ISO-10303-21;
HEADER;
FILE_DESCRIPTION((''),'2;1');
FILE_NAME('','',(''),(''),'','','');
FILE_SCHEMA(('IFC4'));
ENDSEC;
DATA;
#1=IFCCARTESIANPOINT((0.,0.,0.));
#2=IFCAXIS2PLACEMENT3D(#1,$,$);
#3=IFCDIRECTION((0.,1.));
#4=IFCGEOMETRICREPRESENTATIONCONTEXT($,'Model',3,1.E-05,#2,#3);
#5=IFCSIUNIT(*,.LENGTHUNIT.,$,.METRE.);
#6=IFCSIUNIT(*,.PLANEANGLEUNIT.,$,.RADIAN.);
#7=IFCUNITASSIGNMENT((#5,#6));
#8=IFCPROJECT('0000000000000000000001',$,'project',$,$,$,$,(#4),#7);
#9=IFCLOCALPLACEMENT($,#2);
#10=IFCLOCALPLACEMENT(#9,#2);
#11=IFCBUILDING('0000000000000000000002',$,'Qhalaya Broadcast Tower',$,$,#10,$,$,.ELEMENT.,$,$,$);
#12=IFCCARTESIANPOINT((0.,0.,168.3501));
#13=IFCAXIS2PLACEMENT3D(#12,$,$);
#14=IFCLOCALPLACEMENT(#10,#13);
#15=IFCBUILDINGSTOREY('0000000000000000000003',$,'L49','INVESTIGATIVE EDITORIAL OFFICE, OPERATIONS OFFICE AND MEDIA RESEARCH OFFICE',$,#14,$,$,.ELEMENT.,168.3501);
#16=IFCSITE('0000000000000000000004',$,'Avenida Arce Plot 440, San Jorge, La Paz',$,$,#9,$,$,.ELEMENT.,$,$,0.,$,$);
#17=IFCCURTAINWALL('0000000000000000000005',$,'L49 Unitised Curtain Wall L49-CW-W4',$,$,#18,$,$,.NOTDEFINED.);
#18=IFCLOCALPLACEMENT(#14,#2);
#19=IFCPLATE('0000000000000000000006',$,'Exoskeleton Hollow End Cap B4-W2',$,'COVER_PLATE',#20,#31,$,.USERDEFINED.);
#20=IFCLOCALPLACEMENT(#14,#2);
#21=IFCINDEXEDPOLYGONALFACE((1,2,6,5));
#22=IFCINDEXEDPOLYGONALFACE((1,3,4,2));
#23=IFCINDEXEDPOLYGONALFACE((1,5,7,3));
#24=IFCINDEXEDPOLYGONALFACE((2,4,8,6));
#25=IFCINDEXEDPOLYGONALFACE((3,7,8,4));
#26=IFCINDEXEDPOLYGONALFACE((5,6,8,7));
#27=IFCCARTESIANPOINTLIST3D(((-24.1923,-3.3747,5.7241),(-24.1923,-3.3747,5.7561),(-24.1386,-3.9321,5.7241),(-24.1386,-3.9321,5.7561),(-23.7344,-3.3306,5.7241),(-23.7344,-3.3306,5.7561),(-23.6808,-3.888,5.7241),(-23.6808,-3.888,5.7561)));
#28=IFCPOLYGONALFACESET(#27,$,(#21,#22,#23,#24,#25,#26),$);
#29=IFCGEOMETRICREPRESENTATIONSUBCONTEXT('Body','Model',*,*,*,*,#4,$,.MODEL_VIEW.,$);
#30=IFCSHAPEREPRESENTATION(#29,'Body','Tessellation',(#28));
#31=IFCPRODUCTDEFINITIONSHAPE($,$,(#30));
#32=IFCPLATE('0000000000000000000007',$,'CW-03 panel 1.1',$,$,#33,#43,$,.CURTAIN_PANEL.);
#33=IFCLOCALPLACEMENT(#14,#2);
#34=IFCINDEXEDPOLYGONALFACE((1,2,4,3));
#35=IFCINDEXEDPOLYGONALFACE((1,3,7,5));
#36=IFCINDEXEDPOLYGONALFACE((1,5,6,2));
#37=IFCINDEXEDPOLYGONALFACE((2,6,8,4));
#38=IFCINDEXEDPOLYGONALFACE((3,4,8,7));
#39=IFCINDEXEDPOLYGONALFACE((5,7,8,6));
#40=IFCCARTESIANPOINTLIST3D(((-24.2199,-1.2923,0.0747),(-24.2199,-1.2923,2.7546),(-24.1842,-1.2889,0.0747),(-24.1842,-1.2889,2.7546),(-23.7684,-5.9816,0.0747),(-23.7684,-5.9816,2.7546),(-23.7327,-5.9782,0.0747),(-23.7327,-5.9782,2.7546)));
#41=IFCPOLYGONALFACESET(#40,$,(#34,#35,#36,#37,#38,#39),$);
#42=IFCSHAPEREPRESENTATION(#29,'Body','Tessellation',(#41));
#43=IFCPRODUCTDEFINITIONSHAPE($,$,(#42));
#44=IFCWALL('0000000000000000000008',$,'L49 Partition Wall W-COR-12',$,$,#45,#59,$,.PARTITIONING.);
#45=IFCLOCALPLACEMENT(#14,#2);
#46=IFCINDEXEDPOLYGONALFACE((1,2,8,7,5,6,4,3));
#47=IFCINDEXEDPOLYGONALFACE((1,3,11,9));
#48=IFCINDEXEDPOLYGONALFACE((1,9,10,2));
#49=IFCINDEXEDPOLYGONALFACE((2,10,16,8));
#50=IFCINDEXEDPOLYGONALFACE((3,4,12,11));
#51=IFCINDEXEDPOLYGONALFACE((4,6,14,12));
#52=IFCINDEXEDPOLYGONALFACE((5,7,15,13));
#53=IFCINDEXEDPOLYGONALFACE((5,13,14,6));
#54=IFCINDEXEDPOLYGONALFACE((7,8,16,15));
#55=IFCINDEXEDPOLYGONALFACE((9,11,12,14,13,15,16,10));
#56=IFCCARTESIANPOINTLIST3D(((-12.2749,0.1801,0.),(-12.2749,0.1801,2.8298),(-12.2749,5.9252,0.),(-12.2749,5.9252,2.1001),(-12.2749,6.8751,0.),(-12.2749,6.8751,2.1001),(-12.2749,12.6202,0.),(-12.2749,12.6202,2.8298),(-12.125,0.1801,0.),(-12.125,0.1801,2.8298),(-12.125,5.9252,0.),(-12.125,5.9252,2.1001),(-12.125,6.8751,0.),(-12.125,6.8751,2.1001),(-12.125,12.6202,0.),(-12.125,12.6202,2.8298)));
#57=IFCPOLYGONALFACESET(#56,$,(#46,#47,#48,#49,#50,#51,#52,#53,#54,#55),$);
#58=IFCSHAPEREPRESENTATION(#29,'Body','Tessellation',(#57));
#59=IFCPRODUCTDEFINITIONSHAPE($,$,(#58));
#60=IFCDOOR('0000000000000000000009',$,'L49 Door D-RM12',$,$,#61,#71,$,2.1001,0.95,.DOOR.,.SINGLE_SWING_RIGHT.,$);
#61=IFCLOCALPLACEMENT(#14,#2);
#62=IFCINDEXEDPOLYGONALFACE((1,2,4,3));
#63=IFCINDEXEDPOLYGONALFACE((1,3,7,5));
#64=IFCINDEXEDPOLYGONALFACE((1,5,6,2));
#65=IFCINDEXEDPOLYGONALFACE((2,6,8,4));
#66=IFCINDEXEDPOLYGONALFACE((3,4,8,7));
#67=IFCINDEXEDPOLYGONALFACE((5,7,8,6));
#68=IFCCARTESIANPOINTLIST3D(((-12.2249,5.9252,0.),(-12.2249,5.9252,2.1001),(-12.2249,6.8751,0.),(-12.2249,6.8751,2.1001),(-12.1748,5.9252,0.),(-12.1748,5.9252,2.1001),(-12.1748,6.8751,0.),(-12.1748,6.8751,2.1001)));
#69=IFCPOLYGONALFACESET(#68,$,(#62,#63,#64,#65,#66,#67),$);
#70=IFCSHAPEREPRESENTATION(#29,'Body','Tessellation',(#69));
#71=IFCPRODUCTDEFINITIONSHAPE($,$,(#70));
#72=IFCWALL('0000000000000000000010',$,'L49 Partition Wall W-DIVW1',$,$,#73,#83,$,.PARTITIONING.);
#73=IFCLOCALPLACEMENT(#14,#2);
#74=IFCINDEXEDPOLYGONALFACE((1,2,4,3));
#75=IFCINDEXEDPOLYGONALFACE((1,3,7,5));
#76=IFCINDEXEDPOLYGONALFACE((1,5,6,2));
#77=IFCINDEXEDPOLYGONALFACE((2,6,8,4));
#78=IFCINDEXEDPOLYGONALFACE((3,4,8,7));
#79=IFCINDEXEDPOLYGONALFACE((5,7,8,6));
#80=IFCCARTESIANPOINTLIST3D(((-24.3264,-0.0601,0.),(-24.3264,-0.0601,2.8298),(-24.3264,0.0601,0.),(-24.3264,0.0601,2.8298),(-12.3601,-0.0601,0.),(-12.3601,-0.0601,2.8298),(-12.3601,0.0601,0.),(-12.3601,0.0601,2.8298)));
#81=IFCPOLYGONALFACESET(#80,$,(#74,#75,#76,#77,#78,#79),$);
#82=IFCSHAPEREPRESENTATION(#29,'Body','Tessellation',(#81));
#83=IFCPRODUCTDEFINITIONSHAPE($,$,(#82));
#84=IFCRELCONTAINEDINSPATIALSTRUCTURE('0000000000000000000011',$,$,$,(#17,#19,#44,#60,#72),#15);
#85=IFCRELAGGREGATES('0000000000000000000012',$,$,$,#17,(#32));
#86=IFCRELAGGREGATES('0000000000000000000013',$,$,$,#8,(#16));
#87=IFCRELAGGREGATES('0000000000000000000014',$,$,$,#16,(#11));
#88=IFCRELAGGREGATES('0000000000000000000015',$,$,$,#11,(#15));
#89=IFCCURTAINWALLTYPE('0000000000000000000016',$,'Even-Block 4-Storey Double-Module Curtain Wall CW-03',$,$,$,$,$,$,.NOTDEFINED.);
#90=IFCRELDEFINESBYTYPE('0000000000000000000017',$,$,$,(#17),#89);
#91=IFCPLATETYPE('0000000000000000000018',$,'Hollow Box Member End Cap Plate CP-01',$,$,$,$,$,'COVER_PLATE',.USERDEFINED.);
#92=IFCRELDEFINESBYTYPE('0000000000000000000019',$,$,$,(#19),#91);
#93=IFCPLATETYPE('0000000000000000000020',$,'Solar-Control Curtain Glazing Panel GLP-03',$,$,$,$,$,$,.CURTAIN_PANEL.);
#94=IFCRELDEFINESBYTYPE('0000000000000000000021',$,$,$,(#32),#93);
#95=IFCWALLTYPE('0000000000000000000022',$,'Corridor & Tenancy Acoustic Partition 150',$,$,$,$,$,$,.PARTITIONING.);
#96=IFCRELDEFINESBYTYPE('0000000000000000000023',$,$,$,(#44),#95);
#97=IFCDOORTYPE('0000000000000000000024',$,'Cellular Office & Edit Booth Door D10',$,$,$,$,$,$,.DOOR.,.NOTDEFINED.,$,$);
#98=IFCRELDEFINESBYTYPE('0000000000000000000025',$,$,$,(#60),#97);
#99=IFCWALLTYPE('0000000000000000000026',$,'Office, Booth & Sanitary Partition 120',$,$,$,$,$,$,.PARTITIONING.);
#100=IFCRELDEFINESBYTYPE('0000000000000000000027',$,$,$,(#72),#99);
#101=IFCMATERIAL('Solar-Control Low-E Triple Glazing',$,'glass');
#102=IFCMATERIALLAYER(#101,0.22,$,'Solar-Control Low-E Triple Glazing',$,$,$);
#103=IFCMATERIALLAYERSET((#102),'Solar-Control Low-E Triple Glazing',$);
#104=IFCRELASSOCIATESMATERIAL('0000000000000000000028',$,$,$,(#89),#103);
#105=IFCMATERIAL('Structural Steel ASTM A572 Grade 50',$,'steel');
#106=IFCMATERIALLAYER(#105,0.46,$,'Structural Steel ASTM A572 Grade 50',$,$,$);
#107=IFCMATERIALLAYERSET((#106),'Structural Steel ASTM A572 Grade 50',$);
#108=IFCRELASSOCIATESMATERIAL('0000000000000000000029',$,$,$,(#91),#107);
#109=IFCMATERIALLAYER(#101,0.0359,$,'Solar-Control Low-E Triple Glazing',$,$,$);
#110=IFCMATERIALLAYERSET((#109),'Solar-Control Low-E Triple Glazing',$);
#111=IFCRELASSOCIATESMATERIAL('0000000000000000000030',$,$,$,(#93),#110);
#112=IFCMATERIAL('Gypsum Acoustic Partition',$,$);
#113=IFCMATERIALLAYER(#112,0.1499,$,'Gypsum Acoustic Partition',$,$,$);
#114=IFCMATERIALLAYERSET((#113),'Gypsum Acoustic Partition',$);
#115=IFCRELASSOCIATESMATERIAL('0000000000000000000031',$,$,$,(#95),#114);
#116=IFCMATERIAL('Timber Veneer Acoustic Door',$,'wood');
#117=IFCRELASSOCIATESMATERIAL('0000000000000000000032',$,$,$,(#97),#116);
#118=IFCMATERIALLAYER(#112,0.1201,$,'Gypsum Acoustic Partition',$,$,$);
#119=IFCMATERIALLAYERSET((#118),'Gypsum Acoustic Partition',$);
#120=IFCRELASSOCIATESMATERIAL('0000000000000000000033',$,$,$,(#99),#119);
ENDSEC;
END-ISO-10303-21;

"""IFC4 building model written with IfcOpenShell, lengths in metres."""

from ifc_helpers import new_model, si_unit, direction, frame, frame_2d, origin, origin_2d, place, context, subcontext, project, spatial, rectangle, extrude, material, layer, layer_set, type_object, element, fill, aggregate, save


model = new_model("IFC4")

# Units and contexts
model_context = context("Model", 3, precision=1e-05, world=origin(), true_north=direction((0.0, 1.0)))
body_context = subcontext(model_context, "Body", "Model", "MODEL_VIEW")
ifc_project = project(units=[si_unit("LENGTHUNIT", "METRE"), si_unit("PLANEANGLEUNIT", "RADIAN")], contexts=[model_context])

# Site, building, storey
site_placement = place(None, origin())
site = spatial("IfcSite", under=ifc_project, at=site_placement, Name="Avenida Arce Plot 440, San Jorge, La Paz", CompositionType="ELEMENT", RefElevation=0.0)
building_placement = place(site_placement, origin())
building = spatial("IfcBuilding", under=site, at=building_placement, Name="Qhalaya Broadcast Tower", CompositionType="ELEMENT")
storey_placement = place(building_placement, frame((0.0, 0.0, 168.3501)))
storey = spatial("IfcBuildingStorey", under=building, at=storey_placement, Name="L49", Description="INVESTIGATIVE EDITORIAL OFFICE, OPERATIONS OFFICE AND MEDIA RESEARCH OFFICE", CompositionType="ELEMENT", Elevation=168.3501)

# Shared definitions
ifc_material_1 = material(Name="Structural Steel ASTM A572 Grade 50", Category="steel")

# Curtain wall
ifc_material_2 = material(Name="Solar-Control Low-E Triple Glazing", Category="glass")
ifc_layer_1 = layer(ifc_material_2, 0.22, Name="Solar-Control Low-E Triple Glazing")
ifc_layer_set_1 = layer_set([ifc_layer_1], Name="Solar-Control Low-E Triple Glazing")
curtain_wall_type_1 = type_object("IfcCurtainWallType", Name="Even-Block 4-Storey Double-Module Curtain Wall CW-03", PredefinedType="NOTDEFINED", material=ifc_layer_set_1)
curtain_wall_1_placement = place(storey_placement, origin())
curtain_wall_1 = element("IfcCurtainWall", 1, at=curtain_wall_1_placement, inside=storey, type_object=curtain_wall_type_1, Name="L49 Unitised Curtain Wall L49-CW-W4", PredefinedType="NOTDEFINED")

# Plate
ifc_layer_2 = layer(ifc_material_1, 0.46, Name="Structural Steel ASTM A572 Grade 50")
ifc_layer_set_2 = layer_set([ifc_layer_2], Name="Structural Steel ASTM A572 Grade 50")
plate_type_1 = type_object("IfcPlateType", Name="Hollow Box Member End Cap Plate CP-01", ElementType="COVER_PLATE", PredefinedType="USERDEFINED", material=ifc_layer_set_2)
plate_1_placement = place(storey_placement, frame((-23.9365, -3.6313, 5.7241), z_axis=(0.0, 0.0, 1.0), x_axis=(-0.095846, 0.995396, 0.0)))
element("IfcPlate", 2, at=plate_1_placement, inside=storey, type_object=plate_type_1, Name="Exoskeleton Hollow End Cap B4-W2", ObjectType="COVER_PLATE", PredefinedType="USERDEFINED", context=body_context, shape_type="SweptSolid", body=[
    extrude(rectangle(XDim=0.5601, YDim=0.46, at=origin_2d()), origin(), (0.0, 0.0, 1.0), 0.032),
])

# Plate
ifc_layer_3 = layer(ifc_material_2, 0.0359, Name="Solar-Control Low-E Triple Glazing")
ifc_layer_set_3 = layer_set([ifc_layer_3], Name="Solar-Control Low-E Triple Glazing")
plate_type_2 = type_object("IfcPlateType", Name="Solar-Control Curtain Glazing Panel GLP-03", PredefinedType="CURTAIN_PANEL", material=ifc_layer_set_3)
plate_2_placement = place(storey_placement, frame((-23.9763, -3.6353, 0.0747), z_axis=(0.0, 0.0, 1.0), x_axis=(0.095845, -0.995396, 0.0)))
plate_2 = element("IfcPlate", 3, at=plate_2_placement, type_object=plate_type_2, Name="CW-03 panel 1.1", PredefinedType="CURTAIN_PANEL", context=body_context, shape_type="SweptSolid", body=[
    extrude(rectangle(XDim=4.7109, YDim=0.0359, at=origin_2d()), origin(), (0.0, 0.0, 1.0), 2.6799),
])
aggregate(curtain_wall_1, [plate_2])

# Wall, opening, door
ifc_material_3 = material(Name="Gypsum Acoustic Partition")
ifc_layer_4 = layer(ifc_material_3, 0.1499, Name="Gypsum Acoustic Partition")
ifc_layer_set_4 = layer_set([ifc_layer_4], Name="Gypsum Acoustic Partition")
wall_type_1 = type_object("IfcWallType", Name="Corridor & Tenancy Acoustic Partition 150", PredefinedType="PARTITIONING", material=ifc_layer_set_4)
wall_1_placement = place(storey_placement, frame((-12.2, 0.1799, 0.0), z_axis=(0.0, 0.0, 1.0), x_axis=(0.0, 1.0, 0.0)))
wall_1 = element("IfcWall", 4, at=wall_1_placement, inside=storey, type_object=wall_type_1, Name="L49 Partition Wall W-COR-12", PredefinedType="PARTITIONING", context=body_context, shape_type="SweptSolid", body=[
    extrude(rectangle(XDim=12.4402, YDim=0.1499, at=frame_2d((6.2202, 0.0))), origin(), (0.0, 0.0, 1.0), 2.8298),
])
opening_placement = place(wall_1_placement, frame((5.7451, 0.0, 0.0)))
opening = element("IfcOpeningElement", 5, at=opening_placement, cuts=wall_1, PredefinedType="OPENING", context=body_context, shape_type="SweptSolid", body=[
    extrude(rectangle(XDim=0.95, YDim=2.1001, at=frame_2d((0.4751, 1.05))), frame((0.0, 0.0869, 0.0), z_axis=(0.0, -1.0, 0.0), x_axis=(1.0, 0.0, 0.0)), (0.0, 0.0, 1.0), 0.1738),
])
ifc_material_4 = material(Name="Timber Veneer Acoustic Door", Category="wood")
door_type = type_object("IfcDoorType", Name="Cellular Office & Edit Booth Door D10", OperationType="NOTDEFINED", PredefinedType="DOOR", material=ifc_material_4)
door_placement = place(opening_placement, origin())
door = element("IfcDoor", 6, at=door_placement, inside=storey, type_object=door_type, Name="L49 Door D-RM12", OperationType="SINGLE_SWING_RIGHT", OverallHeight=2.1001, OverallWidth=0.95, PredefinedType="DOOR", context=body_context, shape_type="SweptSolid", body=[
    extrude(rectangle(XDim=0.95, YDim=2.1001, at=frame_2d((0.4751, 1.05))), frame((0.0, 0.0249, 0.0), z_axis=(0.0, -1.0, 0.0), x_axis=(1.0, 0.0, 0.0)), (0.0, 0.0, 1.0), 0.05),
])
fill(opening, door)

# Wall
ifc_layer_5 = layer(ifc_material_3, 0.1201, Name="Gypsum Acoustic Partition")
ifc_layer_set_5 = layer_set([ifc_layer_5], Name="Gypsum Acoustic Partition")
wall_type_2 = type_object("IfcWallType", Name="Office, Booth & Sanitary Partition 120", PredefinedType="PARTITIONING", material=ifc_layer_set_5)
wall_2_placement = place(storey_placement, frame((-24.3264, 0.0, 0.0), z_axis=(0.0, 0.0, 1.0), x_axis=(1.0, 0.0, 0.0)))
element("IfcWall", 7, at=wall_2_placement, inside=storey, type_object=wall_type_2, Name="L49 Partition Wall W-DIVW1", PredefinedType="PARTITIONING", context=body_context, shape_type="SweptSolid", body=[
    extrude(rectangle(XDim=11.9663, YDim=0.1201, at=frame_2d((5.9832, 0.0))), origin(), (0.0, 0.0, 1.0), 2.8298),
])

save(model, "model.ifc")
